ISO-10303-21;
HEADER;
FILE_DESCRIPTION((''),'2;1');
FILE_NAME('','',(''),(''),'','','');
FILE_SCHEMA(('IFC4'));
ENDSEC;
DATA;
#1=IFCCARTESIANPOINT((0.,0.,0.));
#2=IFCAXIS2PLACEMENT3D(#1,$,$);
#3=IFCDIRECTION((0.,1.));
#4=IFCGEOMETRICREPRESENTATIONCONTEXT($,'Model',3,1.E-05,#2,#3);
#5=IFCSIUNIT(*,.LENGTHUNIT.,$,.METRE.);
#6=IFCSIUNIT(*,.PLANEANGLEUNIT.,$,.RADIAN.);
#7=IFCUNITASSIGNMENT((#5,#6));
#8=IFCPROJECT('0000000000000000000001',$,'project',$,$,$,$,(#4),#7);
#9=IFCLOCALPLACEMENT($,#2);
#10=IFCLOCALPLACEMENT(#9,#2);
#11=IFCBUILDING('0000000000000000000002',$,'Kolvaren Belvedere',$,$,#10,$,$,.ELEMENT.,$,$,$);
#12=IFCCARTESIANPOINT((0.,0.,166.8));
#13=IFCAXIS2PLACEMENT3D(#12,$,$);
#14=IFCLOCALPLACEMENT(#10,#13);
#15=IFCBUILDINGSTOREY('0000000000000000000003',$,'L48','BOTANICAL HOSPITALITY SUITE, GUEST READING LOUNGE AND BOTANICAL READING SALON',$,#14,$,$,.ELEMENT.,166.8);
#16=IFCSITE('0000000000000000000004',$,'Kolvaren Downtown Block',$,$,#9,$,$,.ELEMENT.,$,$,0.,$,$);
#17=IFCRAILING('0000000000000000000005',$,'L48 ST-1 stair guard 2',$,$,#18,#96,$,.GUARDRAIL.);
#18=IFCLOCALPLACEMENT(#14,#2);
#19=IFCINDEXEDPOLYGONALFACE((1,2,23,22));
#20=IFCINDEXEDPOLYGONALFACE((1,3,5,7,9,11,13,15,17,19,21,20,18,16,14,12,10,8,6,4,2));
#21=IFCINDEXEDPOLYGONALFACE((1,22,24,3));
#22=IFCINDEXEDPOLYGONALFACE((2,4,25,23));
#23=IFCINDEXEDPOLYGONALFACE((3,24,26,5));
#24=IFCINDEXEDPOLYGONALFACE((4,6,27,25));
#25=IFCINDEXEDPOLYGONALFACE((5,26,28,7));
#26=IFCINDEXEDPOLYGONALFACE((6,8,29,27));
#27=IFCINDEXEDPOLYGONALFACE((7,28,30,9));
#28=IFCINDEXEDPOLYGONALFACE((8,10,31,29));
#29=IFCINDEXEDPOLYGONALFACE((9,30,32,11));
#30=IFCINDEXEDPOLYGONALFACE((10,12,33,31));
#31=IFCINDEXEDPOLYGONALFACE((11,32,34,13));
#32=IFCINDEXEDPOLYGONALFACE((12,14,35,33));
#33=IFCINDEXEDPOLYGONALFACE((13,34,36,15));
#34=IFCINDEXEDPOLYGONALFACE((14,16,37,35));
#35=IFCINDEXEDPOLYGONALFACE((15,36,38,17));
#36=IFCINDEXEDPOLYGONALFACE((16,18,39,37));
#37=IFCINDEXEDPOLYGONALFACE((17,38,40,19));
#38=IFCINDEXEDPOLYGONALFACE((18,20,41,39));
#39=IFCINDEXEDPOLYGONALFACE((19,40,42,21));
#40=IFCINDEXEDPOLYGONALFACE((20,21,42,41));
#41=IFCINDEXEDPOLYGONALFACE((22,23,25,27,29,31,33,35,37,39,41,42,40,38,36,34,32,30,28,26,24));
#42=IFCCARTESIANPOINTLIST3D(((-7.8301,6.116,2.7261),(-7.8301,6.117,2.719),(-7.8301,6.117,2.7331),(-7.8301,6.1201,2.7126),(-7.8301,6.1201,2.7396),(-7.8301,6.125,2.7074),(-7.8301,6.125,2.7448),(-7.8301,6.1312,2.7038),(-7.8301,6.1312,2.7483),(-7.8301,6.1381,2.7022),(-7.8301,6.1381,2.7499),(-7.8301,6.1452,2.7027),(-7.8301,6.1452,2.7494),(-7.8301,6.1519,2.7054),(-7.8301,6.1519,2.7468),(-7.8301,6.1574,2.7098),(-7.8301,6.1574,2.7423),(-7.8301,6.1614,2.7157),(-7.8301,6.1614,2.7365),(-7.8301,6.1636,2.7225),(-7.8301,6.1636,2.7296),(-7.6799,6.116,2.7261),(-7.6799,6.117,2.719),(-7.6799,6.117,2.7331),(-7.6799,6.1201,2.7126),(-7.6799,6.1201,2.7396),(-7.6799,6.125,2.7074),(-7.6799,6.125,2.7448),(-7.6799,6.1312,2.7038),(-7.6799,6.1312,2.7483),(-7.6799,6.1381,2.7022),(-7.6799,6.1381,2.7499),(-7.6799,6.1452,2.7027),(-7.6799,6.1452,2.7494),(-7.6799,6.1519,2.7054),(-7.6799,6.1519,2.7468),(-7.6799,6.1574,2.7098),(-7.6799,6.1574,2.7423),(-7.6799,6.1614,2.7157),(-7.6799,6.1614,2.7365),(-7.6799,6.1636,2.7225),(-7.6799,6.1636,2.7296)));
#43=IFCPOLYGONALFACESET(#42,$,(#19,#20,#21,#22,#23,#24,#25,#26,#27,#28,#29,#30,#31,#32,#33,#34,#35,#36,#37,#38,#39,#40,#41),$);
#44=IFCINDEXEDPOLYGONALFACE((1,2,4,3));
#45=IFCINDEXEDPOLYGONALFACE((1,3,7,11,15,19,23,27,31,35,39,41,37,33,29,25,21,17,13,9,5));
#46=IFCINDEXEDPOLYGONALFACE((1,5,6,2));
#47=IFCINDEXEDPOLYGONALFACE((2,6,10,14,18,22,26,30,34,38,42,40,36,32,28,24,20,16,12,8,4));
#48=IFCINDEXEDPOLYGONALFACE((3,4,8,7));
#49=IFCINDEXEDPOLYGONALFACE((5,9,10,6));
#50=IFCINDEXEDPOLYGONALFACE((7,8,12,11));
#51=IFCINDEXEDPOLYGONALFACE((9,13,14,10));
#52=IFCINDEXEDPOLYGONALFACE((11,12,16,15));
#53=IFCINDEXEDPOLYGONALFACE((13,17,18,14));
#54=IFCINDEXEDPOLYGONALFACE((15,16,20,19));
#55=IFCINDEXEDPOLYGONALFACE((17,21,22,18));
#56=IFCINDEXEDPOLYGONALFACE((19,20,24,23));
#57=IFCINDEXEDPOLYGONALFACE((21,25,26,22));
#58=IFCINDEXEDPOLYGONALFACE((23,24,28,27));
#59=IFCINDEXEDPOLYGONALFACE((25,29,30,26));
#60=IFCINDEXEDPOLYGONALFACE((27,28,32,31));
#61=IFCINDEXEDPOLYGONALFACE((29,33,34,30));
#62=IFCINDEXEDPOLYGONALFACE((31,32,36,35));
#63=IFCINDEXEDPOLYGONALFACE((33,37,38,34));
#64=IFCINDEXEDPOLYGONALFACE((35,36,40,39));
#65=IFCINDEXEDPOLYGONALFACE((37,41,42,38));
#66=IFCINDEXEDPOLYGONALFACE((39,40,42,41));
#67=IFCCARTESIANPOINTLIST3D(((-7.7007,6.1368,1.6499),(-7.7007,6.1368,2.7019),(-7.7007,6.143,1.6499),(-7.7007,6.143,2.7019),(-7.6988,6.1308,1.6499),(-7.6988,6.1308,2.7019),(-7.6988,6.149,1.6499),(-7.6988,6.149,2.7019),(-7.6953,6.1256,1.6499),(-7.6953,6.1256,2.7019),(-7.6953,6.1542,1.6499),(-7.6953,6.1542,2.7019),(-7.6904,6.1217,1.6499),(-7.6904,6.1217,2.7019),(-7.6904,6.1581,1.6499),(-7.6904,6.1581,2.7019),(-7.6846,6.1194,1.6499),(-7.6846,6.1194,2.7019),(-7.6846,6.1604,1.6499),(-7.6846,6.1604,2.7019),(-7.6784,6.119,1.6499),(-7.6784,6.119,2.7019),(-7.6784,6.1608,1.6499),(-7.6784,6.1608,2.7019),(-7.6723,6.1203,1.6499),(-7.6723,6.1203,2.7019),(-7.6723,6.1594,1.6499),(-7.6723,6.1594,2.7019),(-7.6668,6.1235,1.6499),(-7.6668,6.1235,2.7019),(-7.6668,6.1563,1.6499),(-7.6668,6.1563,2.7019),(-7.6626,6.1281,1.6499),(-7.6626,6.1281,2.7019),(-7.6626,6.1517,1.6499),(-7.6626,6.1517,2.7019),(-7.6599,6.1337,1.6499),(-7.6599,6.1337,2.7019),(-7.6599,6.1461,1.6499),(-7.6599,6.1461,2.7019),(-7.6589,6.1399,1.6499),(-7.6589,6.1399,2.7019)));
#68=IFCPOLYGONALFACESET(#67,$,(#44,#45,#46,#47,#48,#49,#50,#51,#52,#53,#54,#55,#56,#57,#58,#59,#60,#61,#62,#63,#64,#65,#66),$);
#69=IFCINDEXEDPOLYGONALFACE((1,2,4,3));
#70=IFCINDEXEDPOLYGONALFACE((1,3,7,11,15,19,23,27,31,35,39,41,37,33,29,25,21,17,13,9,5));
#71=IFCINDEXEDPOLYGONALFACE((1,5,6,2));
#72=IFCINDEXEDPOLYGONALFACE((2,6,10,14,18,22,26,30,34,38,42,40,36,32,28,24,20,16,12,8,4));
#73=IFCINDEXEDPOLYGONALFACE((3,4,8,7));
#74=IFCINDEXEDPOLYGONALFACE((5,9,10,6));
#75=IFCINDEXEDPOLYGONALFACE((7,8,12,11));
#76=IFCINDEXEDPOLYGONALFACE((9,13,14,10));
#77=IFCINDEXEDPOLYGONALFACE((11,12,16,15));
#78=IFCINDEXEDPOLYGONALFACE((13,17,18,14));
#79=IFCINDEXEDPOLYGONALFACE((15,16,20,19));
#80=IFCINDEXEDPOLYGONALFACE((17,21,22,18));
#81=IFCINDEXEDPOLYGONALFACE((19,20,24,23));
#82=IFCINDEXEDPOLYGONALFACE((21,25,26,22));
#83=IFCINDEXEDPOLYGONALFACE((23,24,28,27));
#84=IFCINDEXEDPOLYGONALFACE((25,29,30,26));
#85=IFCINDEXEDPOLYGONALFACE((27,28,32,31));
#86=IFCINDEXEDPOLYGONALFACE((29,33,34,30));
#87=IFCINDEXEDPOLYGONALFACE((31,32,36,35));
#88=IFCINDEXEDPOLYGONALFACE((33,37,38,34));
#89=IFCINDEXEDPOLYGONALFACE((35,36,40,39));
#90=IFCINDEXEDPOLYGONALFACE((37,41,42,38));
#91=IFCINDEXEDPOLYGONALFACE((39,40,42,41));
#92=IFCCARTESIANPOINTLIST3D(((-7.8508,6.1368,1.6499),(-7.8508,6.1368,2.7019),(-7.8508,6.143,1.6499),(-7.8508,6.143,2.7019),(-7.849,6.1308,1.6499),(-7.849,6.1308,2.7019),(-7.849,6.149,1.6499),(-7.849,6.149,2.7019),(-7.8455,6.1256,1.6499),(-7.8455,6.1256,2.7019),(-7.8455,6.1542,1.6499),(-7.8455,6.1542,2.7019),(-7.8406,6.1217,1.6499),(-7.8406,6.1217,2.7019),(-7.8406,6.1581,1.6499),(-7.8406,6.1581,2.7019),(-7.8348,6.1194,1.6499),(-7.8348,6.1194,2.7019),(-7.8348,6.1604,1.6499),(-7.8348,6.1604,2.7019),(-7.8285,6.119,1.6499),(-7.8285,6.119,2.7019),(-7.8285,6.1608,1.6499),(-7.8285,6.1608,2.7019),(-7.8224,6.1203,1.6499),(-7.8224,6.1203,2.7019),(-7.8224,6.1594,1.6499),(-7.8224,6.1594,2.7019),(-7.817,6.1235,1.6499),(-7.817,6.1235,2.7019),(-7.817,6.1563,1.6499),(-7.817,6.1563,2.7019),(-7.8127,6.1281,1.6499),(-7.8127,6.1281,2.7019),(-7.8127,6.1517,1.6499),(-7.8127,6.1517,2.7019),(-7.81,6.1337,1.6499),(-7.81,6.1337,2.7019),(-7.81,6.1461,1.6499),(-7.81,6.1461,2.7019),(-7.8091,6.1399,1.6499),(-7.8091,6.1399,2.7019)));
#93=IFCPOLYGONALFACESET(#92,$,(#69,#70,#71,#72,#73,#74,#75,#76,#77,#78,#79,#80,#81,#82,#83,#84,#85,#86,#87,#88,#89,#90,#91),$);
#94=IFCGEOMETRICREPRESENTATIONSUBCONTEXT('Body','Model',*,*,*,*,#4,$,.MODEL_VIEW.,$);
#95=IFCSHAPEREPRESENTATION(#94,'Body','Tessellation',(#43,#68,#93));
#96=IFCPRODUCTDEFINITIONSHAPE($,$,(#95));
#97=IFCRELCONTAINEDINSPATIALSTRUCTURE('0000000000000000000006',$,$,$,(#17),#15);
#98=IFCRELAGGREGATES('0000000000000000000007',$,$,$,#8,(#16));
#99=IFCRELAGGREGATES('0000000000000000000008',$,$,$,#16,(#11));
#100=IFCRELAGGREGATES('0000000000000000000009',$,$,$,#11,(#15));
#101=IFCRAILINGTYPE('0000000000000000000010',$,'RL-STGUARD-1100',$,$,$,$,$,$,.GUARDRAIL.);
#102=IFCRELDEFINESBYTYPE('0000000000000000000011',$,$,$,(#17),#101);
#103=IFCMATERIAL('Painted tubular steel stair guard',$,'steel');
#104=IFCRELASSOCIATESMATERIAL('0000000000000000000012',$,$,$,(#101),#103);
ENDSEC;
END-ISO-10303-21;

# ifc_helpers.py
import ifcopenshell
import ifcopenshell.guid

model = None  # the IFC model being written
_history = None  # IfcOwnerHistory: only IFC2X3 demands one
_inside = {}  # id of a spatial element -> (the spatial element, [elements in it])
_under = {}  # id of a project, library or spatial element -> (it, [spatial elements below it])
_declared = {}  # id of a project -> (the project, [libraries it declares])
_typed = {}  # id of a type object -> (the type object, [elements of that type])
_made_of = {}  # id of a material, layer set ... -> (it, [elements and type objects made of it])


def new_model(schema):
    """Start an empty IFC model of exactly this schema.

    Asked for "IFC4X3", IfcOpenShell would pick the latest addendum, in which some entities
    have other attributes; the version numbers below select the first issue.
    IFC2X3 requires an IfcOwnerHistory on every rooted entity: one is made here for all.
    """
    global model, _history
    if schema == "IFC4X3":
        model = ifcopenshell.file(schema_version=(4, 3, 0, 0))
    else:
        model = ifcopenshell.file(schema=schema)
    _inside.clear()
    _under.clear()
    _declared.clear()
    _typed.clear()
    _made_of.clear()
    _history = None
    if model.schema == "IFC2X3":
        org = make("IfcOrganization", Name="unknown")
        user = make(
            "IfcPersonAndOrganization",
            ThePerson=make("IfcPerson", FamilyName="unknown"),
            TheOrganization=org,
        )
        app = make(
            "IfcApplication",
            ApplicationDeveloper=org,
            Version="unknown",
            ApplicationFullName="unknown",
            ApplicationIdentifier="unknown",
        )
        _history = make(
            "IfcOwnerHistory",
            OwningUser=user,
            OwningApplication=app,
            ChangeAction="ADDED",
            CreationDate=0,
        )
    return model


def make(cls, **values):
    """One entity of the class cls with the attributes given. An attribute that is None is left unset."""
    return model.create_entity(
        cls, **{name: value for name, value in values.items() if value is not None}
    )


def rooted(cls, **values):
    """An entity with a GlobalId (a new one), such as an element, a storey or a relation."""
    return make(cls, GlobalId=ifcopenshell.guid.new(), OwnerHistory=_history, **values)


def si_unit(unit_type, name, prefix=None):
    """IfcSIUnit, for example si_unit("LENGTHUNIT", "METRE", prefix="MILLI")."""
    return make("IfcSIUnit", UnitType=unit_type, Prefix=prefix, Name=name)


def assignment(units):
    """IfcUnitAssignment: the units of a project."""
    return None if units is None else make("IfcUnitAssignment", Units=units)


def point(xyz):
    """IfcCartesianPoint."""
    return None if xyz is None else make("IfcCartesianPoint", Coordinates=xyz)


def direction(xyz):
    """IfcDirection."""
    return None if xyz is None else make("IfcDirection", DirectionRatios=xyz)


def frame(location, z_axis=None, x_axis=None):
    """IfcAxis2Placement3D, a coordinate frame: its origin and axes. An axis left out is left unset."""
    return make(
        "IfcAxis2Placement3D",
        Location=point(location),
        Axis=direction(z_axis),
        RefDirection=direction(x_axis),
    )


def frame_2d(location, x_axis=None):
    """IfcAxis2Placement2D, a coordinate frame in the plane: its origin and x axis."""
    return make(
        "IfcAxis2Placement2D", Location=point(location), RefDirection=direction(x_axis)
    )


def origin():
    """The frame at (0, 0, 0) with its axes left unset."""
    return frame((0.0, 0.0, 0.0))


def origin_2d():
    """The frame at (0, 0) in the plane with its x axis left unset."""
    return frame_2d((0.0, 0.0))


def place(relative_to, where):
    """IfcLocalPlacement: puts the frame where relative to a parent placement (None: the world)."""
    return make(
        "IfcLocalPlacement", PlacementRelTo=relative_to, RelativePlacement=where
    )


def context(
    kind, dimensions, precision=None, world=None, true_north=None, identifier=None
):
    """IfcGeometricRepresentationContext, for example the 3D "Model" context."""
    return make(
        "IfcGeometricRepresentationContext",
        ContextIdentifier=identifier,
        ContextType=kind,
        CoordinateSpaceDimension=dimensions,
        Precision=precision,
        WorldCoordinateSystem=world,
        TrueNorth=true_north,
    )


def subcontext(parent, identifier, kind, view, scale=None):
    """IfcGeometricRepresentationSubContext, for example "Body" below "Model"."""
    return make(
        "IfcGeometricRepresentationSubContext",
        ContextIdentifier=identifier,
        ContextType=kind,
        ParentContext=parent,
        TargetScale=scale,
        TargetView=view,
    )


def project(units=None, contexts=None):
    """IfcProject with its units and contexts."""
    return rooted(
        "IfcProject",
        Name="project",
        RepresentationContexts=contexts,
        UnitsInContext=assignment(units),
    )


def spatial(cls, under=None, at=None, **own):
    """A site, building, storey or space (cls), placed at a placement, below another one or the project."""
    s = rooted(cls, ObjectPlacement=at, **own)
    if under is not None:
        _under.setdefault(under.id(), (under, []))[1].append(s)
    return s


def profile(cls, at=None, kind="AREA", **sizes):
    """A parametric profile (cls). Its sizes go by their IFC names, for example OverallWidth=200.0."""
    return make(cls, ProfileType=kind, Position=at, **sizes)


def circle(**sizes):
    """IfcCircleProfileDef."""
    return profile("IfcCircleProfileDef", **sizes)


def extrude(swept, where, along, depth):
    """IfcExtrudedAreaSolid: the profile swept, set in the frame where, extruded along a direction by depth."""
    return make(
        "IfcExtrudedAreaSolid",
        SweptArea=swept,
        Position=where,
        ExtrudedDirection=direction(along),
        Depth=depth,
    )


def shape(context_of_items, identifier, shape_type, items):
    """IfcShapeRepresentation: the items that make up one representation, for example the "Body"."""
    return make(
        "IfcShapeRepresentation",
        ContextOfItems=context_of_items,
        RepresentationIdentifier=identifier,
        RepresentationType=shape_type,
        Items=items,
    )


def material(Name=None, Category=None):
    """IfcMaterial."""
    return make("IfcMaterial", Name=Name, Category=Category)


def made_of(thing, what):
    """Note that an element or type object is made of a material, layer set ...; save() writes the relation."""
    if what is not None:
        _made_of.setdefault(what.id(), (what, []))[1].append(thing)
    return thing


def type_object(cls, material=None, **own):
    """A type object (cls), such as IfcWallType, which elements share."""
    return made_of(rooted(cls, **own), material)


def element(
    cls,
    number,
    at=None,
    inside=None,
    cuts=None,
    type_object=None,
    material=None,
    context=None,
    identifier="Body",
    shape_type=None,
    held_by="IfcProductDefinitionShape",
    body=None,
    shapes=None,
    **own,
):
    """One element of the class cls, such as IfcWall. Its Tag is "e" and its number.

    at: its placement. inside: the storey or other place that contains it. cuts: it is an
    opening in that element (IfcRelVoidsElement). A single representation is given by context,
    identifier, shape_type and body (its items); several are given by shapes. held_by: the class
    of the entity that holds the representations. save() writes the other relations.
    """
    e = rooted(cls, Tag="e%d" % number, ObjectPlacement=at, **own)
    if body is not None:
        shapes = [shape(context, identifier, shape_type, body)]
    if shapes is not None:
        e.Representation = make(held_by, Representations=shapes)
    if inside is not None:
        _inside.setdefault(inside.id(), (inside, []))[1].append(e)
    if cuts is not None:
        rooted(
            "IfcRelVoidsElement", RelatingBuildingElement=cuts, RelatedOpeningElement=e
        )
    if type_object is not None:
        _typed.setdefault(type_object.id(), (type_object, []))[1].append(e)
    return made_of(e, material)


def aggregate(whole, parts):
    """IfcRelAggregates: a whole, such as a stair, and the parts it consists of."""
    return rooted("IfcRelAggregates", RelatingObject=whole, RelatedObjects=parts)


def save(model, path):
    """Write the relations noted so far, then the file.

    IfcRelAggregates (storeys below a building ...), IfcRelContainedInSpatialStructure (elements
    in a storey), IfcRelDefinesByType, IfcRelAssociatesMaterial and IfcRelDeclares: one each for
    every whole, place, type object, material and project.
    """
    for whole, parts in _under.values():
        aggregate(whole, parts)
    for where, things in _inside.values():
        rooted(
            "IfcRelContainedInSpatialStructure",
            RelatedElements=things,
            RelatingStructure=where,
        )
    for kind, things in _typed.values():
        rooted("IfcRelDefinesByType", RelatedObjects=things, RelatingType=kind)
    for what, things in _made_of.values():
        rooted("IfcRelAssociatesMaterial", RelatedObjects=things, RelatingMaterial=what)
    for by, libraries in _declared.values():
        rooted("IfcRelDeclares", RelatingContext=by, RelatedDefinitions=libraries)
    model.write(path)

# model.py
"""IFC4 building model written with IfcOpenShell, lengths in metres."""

from ifc_helpers import new_model, si_unit, direction, frame, origin, origin_2d, place, context, subcontext, project, spatial, circle, extrude, material, type_object, element, save


model = new_model("IFC4")

# Units and contexts
model_context = context("Model", 3, precision=1e-05, world=origin(), true_north=direction((0.0, 1.0)))
body_context = subcontext(model_context, "Body", "Model", "MODEL_VIEW")
ifc_project = project(units=[si_unit("LENGTHUNIT", "METRE"), si_unit("PLANEANGLEUNIT", "RADIAN")], contexts=[model_context])

# Site, building, storey
site_placement = place(None, origin())
site = spatial("IfcSite", under=ifc_project, at=site_placement, Name="Kolvaren Downtown Block", CompositionType="ELEMENT", RefElevation=0.0)
building_placement = place(site_placement, origin())
building = spatial("IfcBuilding", under=site, at=building_placement, Name="Kolvaren Belvedere", CompositionType="ELEMENT")
storey_placement = place(building_placement, frame((0.0, 0.0, 166.8)))
storey = spatial("IfcBuildingStorey", under=building, at=storey_placement, Name="L48", Description="BOTANICAL HOSPITALITY SUITE, GUEST READING LOUNGE AND BOTANICAL READING SALON", CompositionType="ELEMENT", Elevation=166.8)

# Railing
ifc_material_1 = material(Name="Painted tubular steel stair guard", Category="steel")
railing_type_1 = type_object("IfcRailingType", Name="RL-STGUARD-1100", PredefinedType="GUARDRAIL", material=ifc_material_1)
railing_1_placement = place(storey_placement, frame((-7.6799, 6.1399, 1.6499)))
element("IfcRailing", 1, at=railing_1_placement, inside=storey, type_object=railing_type_1, Name="L48 ST-1 stair guard 2", PredefinedType="GUARDRAIL", context=body_context, shape_type="SweptSolid", body=[
    extrude(circle(Radius=0.0239, at=origin_2d()), frame((0.0, 0.0, 1.0762), z_axis=(-1.0, 0.0, 0.0), x_axis=(0.0, -1.0, 0.0)), (0.0, 0.0, 1.0), 0.1501),
    extrude(circle(Radius=0.021, at=origin_2d()), origin(), (0.0, 0.0, 1.0), 1.052),
    extrude(circle(Radius=0.021, at=origin_2d()), frame((-0.1501, 0.0, 0.0)), (0.0, 0.0, 1.0), 1.052),
])

save(model, "model.ifc")
